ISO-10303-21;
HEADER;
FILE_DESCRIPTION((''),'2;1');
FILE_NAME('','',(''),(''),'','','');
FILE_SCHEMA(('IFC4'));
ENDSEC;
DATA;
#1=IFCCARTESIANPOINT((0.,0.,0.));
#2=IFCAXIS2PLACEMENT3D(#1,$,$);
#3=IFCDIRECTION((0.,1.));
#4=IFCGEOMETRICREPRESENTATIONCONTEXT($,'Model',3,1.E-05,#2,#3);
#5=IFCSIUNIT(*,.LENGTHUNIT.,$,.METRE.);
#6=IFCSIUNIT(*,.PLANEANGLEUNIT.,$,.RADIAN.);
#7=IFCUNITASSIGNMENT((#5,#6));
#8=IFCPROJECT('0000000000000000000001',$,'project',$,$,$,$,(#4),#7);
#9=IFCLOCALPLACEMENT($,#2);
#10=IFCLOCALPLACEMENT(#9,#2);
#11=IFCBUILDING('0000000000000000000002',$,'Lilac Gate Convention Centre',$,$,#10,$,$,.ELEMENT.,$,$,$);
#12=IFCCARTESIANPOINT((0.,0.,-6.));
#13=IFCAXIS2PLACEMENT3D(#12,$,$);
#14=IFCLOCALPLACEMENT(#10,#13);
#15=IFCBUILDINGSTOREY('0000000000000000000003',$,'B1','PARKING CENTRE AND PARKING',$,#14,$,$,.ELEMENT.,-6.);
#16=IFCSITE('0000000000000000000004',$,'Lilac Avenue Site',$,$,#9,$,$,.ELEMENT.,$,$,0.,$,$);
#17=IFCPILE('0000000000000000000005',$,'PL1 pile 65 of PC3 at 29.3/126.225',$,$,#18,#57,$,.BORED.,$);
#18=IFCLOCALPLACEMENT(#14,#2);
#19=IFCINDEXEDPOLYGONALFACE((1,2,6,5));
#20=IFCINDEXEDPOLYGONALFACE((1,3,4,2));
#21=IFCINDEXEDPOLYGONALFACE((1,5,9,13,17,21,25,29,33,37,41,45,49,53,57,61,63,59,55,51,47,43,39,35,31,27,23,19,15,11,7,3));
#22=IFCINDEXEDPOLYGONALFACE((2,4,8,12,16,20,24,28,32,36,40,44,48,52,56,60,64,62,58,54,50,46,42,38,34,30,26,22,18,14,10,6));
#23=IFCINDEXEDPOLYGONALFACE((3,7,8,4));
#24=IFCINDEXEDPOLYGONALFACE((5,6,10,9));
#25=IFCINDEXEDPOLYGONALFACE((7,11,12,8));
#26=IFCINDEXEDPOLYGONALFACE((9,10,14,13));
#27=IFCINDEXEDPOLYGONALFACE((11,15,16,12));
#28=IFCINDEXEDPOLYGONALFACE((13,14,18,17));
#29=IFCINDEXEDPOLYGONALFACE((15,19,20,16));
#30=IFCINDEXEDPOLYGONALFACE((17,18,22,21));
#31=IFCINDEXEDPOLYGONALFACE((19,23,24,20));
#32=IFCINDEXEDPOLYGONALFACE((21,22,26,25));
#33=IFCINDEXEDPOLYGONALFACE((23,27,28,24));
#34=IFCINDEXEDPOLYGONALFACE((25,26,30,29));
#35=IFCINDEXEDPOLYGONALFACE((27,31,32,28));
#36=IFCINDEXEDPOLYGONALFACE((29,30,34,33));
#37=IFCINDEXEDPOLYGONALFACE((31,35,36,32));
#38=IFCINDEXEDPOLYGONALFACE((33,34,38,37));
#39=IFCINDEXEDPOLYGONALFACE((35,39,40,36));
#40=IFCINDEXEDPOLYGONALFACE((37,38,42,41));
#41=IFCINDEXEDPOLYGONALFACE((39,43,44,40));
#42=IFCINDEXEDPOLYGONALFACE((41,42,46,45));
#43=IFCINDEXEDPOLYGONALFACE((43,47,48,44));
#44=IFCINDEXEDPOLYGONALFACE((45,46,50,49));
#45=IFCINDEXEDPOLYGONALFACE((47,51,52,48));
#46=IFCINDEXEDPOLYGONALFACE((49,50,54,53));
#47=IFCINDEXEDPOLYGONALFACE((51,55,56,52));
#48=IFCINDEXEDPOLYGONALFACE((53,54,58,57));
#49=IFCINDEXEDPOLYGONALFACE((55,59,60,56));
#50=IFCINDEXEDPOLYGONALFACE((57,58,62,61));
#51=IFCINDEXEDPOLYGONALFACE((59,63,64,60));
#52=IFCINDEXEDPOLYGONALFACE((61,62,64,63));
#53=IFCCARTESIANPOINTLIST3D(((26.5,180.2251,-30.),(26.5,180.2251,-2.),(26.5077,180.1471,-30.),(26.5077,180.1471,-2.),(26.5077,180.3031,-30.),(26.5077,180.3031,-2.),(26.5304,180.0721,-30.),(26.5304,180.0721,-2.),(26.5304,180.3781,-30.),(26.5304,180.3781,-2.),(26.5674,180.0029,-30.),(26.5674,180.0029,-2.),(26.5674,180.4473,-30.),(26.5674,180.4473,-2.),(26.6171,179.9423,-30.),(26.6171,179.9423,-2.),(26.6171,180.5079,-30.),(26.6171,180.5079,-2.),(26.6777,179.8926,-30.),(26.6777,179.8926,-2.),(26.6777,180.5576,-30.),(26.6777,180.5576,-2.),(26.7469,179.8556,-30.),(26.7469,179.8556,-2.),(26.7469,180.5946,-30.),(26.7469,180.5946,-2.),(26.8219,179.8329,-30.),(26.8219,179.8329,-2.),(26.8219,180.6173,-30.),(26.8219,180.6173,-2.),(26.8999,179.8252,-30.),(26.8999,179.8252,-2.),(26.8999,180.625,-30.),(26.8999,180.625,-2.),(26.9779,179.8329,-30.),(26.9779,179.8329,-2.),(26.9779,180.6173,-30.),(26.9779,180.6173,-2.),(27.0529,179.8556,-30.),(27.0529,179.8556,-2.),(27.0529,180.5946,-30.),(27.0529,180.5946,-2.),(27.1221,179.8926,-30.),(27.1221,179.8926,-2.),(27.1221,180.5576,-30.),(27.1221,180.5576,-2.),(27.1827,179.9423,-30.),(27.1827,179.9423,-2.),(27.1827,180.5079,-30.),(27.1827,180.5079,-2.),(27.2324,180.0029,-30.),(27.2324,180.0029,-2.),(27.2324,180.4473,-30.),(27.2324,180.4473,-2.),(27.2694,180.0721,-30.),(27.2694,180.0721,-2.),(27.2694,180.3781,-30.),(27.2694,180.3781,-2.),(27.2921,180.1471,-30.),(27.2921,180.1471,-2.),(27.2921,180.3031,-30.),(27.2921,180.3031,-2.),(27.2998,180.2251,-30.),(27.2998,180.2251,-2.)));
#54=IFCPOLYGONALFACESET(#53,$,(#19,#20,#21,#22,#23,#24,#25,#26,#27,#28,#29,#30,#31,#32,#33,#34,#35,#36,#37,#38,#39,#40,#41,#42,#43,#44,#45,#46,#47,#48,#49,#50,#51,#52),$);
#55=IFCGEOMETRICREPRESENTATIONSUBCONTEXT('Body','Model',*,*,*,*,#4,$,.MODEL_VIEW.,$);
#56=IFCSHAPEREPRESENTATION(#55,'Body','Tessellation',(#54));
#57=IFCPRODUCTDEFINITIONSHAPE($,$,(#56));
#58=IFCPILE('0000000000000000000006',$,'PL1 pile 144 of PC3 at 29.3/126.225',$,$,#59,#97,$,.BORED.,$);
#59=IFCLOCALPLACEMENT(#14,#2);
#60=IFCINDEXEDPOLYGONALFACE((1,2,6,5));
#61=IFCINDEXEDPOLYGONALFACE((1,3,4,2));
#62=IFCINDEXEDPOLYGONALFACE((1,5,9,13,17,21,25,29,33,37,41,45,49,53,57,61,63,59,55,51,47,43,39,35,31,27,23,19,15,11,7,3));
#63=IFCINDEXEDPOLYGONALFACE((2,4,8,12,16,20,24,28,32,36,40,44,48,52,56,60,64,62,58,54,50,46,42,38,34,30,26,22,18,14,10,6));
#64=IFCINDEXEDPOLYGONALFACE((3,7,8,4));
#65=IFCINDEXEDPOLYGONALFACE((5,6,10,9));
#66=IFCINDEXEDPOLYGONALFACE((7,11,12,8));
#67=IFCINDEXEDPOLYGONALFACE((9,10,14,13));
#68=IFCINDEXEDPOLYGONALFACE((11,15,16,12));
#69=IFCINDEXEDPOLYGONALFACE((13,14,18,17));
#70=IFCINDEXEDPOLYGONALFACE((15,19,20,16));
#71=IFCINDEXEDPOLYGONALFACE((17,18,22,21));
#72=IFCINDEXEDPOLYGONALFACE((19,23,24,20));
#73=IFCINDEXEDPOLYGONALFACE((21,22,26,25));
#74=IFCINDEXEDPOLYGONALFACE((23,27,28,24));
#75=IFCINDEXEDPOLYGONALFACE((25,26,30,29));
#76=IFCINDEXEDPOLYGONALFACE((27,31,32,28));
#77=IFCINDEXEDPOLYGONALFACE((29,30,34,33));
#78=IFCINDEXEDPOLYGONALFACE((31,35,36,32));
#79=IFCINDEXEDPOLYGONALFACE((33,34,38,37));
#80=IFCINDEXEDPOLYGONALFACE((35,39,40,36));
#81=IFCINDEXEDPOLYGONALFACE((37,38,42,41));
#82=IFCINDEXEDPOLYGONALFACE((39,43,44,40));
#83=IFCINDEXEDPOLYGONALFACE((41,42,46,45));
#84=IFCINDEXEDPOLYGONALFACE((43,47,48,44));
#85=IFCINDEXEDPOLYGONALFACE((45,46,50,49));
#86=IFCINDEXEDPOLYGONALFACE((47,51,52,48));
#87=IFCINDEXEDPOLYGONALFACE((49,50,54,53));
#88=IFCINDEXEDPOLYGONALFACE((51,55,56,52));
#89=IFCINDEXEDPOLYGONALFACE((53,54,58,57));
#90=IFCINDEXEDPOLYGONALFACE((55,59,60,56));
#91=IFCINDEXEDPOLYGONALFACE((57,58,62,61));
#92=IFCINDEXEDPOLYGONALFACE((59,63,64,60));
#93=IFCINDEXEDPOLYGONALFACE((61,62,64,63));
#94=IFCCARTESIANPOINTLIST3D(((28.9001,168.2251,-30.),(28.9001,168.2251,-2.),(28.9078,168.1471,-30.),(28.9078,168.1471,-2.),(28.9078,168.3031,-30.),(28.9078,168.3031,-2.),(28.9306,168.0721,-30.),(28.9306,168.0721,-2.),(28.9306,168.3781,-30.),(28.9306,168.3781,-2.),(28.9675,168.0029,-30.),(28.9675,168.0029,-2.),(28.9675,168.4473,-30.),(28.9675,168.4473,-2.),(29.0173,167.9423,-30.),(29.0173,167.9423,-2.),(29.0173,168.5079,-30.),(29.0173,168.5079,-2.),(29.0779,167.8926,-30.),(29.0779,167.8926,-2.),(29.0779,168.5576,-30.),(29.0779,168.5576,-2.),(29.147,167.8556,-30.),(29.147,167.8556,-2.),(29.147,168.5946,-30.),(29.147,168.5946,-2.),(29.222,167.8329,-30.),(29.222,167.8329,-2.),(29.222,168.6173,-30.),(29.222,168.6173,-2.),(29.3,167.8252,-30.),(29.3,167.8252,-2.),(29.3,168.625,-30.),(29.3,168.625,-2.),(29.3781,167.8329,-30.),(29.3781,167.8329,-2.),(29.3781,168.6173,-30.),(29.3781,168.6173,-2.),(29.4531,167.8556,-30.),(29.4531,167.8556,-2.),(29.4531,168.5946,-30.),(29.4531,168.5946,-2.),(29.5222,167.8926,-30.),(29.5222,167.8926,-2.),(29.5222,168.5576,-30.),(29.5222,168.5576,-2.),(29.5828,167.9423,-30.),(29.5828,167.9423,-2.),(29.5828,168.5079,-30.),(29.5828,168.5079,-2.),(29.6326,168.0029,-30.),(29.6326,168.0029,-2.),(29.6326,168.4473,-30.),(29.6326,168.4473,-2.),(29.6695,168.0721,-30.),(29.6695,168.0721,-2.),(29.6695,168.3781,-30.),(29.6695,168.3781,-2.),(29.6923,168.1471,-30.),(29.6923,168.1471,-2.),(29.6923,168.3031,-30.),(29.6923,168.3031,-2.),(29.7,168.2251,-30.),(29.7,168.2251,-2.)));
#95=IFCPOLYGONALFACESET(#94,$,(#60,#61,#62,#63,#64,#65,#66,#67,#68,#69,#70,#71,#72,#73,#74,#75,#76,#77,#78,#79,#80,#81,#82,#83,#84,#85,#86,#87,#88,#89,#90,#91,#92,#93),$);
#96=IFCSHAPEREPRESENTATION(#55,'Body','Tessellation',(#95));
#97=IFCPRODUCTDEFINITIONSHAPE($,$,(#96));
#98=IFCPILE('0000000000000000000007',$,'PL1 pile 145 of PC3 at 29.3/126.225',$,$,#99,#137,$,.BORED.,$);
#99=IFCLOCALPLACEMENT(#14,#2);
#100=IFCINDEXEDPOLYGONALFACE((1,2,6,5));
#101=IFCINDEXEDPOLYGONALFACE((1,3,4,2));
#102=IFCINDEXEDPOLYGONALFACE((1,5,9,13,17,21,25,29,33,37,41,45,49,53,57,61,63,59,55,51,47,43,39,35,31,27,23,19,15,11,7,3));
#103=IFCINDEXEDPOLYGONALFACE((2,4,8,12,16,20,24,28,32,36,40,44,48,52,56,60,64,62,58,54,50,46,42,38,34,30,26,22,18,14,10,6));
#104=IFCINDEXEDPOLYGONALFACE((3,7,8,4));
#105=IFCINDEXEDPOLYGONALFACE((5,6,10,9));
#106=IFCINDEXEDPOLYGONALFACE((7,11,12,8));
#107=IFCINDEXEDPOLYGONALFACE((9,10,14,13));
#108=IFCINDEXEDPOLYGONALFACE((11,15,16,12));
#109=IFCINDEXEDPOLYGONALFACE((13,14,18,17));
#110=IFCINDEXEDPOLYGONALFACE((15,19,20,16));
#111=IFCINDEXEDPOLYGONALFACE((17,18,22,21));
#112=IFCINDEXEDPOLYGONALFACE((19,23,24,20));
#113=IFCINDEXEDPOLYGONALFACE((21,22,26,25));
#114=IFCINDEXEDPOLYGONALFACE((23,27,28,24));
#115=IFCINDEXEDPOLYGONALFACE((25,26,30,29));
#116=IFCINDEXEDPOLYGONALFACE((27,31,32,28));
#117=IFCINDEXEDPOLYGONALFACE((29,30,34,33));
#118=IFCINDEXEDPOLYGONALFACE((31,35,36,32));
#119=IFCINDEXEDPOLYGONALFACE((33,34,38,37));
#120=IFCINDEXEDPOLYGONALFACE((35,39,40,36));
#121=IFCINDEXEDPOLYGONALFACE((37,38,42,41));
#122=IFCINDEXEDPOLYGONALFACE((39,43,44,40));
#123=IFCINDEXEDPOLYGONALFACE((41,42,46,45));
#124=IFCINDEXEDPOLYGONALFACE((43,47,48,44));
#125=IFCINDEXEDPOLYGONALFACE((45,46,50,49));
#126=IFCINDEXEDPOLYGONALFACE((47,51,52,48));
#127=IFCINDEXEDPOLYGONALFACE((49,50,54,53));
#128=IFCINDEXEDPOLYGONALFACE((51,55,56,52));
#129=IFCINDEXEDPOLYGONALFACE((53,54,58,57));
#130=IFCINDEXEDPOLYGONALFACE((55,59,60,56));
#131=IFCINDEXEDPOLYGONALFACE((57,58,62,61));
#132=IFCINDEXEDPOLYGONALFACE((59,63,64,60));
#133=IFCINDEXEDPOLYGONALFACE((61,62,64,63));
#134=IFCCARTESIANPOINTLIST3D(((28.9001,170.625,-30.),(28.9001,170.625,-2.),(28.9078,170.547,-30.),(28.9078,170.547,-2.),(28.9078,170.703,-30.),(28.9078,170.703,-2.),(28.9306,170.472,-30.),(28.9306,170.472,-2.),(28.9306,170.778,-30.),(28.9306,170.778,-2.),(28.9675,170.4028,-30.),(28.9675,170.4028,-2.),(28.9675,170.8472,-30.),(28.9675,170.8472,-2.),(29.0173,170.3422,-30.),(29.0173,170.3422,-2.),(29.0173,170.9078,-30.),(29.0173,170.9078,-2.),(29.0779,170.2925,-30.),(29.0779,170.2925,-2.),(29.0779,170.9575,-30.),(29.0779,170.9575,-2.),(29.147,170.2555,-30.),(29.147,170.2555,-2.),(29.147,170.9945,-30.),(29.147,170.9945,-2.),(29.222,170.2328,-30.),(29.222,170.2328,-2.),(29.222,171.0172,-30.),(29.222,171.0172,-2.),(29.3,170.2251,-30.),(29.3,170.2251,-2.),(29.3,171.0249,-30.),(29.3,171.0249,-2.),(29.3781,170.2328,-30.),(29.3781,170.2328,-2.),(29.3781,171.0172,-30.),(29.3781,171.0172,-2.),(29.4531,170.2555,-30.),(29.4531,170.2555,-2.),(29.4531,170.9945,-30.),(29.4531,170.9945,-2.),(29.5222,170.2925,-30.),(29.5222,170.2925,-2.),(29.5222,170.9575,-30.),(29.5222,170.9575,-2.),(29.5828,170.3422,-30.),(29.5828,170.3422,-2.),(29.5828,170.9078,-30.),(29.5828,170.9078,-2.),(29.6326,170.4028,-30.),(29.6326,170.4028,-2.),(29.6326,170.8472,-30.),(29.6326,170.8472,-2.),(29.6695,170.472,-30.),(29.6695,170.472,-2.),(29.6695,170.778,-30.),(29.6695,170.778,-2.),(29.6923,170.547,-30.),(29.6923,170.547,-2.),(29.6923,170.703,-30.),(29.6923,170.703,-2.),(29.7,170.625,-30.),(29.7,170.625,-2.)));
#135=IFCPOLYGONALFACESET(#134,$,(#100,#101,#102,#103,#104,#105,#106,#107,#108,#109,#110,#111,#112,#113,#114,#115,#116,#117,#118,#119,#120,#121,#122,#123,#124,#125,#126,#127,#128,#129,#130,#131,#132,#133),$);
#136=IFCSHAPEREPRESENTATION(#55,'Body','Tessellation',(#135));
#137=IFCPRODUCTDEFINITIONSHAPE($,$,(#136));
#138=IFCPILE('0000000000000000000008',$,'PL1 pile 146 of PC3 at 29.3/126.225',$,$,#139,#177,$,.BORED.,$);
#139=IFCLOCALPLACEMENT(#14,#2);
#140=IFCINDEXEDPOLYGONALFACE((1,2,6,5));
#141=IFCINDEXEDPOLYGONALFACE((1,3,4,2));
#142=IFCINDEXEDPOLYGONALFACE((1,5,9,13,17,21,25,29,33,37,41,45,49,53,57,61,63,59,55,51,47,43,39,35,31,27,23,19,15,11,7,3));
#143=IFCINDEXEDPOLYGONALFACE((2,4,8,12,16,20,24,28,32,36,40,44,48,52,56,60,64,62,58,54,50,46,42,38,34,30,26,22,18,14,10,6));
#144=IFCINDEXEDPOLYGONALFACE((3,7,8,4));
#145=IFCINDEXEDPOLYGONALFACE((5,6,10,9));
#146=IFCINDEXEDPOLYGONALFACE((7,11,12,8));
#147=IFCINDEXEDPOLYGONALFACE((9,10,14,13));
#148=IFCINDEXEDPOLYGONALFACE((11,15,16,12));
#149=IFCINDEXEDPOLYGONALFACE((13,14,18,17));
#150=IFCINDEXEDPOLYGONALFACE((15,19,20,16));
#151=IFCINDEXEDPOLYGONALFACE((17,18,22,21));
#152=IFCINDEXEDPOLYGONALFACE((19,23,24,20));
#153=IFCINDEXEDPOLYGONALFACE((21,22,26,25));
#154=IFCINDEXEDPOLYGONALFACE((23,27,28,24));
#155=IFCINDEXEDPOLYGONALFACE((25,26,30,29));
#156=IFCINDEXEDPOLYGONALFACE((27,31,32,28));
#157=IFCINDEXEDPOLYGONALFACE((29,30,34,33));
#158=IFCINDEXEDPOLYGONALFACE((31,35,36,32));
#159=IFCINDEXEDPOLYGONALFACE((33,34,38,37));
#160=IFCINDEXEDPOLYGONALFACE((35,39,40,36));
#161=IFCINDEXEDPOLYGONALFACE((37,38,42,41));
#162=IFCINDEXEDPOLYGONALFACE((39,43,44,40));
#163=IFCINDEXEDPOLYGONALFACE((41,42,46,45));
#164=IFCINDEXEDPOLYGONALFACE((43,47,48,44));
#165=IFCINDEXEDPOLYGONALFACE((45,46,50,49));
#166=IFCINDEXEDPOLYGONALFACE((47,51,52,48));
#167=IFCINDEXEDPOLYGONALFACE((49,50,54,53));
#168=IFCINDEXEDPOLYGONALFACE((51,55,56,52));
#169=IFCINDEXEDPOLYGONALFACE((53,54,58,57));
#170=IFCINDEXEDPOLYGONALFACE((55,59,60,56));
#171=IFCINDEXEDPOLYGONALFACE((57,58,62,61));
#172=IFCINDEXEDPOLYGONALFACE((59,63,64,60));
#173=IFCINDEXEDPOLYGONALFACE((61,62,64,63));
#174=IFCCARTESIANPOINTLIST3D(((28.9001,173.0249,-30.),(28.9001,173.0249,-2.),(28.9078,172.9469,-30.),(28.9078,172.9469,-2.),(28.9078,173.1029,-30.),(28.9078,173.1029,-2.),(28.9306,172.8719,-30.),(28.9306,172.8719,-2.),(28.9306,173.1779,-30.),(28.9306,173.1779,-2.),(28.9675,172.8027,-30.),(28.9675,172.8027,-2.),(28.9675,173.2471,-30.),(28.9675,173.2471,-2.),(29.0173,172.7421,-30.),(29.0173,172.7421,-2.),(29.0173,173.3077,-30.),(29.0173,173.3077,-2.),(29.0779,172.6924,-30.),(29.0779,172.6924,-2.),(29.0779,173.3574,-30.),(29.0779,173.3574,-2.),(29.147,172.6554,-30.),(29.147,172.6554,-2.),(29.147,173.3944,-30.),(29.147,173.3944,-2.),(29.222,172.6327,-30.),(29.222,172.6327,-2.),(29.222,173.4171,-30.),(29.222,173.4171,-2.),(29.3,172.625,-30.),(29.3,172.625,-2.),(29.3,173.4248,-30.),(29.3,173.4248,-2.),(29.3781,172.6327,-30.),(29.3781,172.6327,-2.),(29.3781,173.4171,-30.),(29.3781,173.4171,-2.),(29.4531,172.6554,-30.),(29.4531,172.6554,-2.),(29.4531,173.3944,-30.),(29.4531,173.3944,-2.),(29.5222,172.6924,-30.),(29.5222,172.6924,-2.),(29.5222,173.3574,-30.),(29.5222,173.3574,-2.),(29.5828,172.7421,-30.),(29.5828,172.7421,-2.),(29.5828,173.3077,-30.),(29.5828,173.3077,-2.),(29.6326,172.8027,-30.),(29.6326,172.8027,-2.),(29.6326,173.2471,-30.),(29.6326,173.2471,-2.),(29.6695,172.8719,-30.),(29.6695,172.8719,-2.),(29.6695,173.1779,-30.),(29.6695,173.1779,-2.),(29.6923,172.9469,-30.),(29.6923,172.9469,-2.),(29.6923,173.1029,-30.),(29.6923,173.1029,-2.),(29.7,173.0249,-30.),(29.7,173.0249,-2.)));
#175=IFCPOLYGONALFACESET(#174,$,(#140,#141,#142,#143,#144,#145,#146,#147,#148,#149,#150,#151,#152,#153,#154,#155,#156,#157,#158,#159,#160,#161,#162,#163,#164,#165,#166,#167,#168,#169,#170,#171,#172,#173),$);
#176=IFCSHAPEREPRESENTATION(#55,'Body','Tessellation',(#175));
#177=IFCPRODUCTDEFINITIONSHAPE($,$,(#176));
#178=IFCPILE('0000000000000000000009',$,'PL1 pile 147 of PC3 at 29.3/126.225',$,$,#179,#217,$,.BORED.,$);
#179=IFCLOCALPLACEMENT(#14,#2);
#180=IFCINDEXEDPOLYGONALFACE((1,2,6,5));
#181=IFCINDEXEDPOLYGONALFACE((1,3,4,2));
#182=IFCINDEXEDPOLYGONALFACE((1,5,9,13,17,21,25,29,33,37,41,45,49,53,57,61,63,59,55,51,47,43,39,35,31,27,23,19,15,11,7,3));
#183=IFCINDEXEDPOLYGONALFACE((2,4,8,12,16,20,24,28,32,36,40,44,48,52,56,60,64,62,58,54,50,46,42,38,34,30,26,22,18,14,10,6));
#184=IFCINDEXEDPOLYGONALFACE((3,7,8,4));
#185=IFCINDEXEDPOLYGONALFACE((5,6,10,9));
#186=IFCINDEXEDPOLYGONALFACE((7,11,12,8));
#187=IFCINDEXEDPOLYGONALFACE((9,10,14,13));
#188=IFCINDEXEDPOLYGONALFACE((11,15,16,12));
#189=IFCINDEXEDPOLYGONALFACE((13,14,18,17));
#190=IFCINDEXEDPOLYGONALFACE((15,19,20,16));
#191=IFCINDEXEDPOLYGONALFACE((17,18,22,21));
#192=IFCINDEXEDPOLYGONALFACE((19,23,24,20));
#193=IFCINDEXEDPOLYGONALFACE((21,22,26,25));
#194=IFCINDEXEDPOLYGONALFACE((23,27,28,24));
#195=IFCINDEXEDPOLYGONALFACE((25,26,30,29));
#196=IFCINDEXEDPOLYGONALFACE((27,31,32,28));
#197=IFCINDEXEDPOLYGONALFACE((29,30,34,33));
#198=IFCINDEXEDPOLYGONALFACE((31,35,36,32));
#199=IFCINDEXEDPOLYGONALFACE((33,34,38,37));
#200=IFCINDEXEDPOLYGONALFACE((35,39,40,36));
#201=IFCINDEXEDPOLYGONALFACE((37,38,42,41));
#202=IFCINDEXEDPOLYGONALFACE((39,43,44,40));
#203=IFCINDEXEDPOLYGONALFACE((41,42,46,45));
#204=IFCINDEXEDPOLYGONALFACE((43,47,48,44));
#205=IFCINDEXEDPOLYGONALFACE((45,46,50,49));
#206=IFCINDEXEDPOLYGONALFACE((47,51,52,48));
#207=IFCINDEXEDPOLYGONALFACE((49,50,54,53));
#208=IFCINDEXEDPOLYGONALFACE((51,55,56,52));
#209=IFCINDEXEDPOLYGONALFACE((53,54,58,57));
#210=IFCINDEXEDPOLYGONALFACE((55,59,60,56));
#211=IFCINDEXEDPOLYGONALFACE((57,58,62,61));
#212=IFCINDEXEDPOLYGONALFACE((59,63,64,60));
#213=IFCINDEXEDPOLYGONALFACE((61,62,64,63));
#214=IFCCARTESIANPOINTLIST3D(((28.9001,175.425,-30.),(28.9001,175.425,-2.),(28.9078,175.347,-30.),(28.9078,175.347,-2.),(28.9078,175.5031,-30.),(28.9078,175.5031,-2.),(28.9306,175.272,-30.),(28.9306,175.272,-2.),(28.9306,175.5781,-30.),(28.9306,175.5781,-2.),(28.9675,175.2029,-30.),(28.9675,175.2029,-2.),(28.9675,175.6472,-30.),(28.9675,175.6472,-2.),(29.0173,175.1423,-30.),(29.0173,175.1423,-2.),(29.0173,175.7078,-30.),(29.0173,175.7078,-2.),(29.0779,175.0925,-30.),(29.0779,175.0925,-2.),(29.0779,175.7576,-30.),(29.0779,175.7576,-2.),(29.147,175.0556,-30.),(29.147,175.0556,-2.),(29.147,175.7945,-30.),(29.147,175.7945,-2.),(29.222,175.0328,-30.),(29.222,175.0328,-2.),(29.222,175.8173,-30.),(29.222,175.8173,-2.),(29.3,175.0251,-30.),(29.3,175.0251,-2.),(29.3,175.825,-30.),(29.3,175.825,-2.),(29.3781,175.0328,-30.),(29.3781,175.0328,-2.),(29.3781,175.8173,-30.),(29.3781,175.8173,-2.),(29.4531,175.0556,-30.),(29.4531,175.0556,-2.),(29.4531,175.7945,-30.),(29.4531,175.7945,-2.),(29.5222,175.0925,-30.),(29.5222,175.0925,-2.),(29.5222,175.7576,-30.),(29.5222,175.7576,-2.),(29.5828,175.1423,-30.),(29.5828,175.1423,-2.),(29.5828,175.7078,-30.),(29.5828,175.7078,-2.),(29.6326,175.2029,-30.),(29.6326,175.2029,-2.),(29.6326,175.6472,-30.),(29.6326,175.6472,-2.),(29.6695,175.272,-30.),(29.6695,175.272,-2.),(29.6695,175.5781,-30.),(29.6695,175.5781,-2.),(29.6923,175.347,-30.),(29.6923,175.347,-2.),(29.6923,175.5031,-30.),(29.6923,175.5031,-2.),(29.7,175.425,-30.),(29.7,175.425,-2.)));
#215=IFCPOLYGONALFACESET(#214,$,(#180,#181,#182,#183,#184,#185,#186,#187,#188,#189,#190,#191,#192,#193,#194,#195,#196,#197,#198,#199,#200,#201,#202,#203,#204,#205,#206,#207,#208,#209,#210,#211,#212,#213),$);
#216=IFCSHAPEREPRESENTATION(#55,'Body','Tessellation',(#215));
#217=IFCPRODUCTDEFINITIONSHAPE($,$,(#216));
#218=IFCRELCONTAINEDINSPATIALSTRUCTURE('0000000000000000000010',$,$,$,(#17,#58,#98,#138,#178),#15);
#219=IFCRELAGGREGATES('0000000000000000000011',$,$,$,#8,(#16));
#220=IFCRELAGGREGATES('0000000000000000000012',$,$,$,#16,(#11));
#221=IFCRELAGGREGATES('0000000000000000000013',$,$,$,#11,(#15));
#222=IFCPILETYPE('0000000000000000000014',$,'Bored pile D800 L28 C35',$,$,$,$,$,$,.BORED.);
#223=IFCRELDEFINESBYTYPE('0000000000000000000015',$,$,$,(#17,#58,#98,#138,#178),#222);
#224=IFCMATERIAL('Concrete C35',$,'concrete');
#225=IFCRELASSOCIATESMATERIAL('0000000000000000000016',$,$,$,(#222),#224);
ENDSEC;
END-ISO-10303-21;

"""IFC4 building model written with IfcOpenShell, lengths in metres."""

from ifc_helpers import new_model, si_unit, direction, frame, origin, origin_2d, place, context, subcontext, project, spatial, circle, extrude, material, material_profile, profile_set, type_object, element, save


model = new_model("IFC4")

# Units and contexts
model_context = context("Model", 3, precision=1e-05, world=origin(), true_north=direction((0.0, 1.0)))
body_context = subcontext(model_context, "Body", "Model", "MODEL_VIEW")
ifc_project = project(units=[si_unit("LENGTHUNIT", "METRE"), si_unit("PLANEANGLEUNIT", "RADIAN")], contexts=[model_context])

# Site, building, storey
site_placement = place(None, origin())
site = spatial("IfcSite", under=ifc_project, at=site_placement, Name="Lilac Avenue Site", CompositionType="ELEMENT", RefElevation=0.0)
building_placement = place(site_placement, origin())
building = spatial("IfcBuilding", under=site, at=building_placement, Name="Lilac Gate Convention Centre", CompositionType="ELEMENT")
storey_placement = place(building_placement, frame((0.0, 0.0, -6.0)))
storey = spatial("IfcBuildingStorey", under=building, at=storey_placement, Name="B1", Description="PARKING CENTRE AND PARKING", CompositionType="ELEMENT", Elevation=-6.0)

# Piles
ifc_material_1 = material(Name="Concrete C35", Category="concrete")
ifc_material_profile_1 = material_profile(ifc_material_1, circle(Radius=0.3999, at=origin_2d()), Name="D800")
ifc_profile_set_1 = profile_set([ifc_material_profile_1], Name="Concrete C35")
pile_type = type_object("IfcPileType", Name="Bored pile D800 L28 C35", PredefinedType="BORED", material=ifc_profile_set_1)
for number, where, z_axis, x_axis, name in (
    (1, (26.8999, 180.2251, -2.0), (0.0, 0.0, -1.0), (1.0, 0.0, 0.0), "PL1 pile 65 of PC3 at 29.3/126.225"),
    (2, (29.3, 168.2251, -2.0), (0.0, 0.0, -1.0), (1.0, 0.0, 0.0), "PL1 pile 144 of PC3 at 29.3/126.225"),
    (3, (29.3, 170.625, -2.0), (0.0, 0.0, -1.0), (1.0, 0.0, 0.0), "PL1 pile 145 of PC3 at 29.3/126.225"),
    (4, (29.3, 173.0249, -2.0), (0.0, 0.0, -1.0), (1.0, 0.0, 0.0), "PL1 pile 146 of PC3 at 29.3/126.225"),
    (5, (29.3, 175.425, -2.0), (0.0, 0.0, -1.0), (1.0, 0.0, 0.0), "PL1 pile 147 of PC3 at 29.3/126.225"),
):
    element("IfcPile", number, at=place(storey_placement, frame(where, z_axis=z_axis, x_axis=x_axis)), inside=storey, type_object=pile_type, Name=name, PredefinedType="BORED", context=body_context, shape_type="SweptSolid", body=[
        extrude(circle(Radius=0.3999, at=origin_2d()), origin(), (0.0, 0.0, 1.0), 28.0),
    ])

save(model, "model.ifc")
